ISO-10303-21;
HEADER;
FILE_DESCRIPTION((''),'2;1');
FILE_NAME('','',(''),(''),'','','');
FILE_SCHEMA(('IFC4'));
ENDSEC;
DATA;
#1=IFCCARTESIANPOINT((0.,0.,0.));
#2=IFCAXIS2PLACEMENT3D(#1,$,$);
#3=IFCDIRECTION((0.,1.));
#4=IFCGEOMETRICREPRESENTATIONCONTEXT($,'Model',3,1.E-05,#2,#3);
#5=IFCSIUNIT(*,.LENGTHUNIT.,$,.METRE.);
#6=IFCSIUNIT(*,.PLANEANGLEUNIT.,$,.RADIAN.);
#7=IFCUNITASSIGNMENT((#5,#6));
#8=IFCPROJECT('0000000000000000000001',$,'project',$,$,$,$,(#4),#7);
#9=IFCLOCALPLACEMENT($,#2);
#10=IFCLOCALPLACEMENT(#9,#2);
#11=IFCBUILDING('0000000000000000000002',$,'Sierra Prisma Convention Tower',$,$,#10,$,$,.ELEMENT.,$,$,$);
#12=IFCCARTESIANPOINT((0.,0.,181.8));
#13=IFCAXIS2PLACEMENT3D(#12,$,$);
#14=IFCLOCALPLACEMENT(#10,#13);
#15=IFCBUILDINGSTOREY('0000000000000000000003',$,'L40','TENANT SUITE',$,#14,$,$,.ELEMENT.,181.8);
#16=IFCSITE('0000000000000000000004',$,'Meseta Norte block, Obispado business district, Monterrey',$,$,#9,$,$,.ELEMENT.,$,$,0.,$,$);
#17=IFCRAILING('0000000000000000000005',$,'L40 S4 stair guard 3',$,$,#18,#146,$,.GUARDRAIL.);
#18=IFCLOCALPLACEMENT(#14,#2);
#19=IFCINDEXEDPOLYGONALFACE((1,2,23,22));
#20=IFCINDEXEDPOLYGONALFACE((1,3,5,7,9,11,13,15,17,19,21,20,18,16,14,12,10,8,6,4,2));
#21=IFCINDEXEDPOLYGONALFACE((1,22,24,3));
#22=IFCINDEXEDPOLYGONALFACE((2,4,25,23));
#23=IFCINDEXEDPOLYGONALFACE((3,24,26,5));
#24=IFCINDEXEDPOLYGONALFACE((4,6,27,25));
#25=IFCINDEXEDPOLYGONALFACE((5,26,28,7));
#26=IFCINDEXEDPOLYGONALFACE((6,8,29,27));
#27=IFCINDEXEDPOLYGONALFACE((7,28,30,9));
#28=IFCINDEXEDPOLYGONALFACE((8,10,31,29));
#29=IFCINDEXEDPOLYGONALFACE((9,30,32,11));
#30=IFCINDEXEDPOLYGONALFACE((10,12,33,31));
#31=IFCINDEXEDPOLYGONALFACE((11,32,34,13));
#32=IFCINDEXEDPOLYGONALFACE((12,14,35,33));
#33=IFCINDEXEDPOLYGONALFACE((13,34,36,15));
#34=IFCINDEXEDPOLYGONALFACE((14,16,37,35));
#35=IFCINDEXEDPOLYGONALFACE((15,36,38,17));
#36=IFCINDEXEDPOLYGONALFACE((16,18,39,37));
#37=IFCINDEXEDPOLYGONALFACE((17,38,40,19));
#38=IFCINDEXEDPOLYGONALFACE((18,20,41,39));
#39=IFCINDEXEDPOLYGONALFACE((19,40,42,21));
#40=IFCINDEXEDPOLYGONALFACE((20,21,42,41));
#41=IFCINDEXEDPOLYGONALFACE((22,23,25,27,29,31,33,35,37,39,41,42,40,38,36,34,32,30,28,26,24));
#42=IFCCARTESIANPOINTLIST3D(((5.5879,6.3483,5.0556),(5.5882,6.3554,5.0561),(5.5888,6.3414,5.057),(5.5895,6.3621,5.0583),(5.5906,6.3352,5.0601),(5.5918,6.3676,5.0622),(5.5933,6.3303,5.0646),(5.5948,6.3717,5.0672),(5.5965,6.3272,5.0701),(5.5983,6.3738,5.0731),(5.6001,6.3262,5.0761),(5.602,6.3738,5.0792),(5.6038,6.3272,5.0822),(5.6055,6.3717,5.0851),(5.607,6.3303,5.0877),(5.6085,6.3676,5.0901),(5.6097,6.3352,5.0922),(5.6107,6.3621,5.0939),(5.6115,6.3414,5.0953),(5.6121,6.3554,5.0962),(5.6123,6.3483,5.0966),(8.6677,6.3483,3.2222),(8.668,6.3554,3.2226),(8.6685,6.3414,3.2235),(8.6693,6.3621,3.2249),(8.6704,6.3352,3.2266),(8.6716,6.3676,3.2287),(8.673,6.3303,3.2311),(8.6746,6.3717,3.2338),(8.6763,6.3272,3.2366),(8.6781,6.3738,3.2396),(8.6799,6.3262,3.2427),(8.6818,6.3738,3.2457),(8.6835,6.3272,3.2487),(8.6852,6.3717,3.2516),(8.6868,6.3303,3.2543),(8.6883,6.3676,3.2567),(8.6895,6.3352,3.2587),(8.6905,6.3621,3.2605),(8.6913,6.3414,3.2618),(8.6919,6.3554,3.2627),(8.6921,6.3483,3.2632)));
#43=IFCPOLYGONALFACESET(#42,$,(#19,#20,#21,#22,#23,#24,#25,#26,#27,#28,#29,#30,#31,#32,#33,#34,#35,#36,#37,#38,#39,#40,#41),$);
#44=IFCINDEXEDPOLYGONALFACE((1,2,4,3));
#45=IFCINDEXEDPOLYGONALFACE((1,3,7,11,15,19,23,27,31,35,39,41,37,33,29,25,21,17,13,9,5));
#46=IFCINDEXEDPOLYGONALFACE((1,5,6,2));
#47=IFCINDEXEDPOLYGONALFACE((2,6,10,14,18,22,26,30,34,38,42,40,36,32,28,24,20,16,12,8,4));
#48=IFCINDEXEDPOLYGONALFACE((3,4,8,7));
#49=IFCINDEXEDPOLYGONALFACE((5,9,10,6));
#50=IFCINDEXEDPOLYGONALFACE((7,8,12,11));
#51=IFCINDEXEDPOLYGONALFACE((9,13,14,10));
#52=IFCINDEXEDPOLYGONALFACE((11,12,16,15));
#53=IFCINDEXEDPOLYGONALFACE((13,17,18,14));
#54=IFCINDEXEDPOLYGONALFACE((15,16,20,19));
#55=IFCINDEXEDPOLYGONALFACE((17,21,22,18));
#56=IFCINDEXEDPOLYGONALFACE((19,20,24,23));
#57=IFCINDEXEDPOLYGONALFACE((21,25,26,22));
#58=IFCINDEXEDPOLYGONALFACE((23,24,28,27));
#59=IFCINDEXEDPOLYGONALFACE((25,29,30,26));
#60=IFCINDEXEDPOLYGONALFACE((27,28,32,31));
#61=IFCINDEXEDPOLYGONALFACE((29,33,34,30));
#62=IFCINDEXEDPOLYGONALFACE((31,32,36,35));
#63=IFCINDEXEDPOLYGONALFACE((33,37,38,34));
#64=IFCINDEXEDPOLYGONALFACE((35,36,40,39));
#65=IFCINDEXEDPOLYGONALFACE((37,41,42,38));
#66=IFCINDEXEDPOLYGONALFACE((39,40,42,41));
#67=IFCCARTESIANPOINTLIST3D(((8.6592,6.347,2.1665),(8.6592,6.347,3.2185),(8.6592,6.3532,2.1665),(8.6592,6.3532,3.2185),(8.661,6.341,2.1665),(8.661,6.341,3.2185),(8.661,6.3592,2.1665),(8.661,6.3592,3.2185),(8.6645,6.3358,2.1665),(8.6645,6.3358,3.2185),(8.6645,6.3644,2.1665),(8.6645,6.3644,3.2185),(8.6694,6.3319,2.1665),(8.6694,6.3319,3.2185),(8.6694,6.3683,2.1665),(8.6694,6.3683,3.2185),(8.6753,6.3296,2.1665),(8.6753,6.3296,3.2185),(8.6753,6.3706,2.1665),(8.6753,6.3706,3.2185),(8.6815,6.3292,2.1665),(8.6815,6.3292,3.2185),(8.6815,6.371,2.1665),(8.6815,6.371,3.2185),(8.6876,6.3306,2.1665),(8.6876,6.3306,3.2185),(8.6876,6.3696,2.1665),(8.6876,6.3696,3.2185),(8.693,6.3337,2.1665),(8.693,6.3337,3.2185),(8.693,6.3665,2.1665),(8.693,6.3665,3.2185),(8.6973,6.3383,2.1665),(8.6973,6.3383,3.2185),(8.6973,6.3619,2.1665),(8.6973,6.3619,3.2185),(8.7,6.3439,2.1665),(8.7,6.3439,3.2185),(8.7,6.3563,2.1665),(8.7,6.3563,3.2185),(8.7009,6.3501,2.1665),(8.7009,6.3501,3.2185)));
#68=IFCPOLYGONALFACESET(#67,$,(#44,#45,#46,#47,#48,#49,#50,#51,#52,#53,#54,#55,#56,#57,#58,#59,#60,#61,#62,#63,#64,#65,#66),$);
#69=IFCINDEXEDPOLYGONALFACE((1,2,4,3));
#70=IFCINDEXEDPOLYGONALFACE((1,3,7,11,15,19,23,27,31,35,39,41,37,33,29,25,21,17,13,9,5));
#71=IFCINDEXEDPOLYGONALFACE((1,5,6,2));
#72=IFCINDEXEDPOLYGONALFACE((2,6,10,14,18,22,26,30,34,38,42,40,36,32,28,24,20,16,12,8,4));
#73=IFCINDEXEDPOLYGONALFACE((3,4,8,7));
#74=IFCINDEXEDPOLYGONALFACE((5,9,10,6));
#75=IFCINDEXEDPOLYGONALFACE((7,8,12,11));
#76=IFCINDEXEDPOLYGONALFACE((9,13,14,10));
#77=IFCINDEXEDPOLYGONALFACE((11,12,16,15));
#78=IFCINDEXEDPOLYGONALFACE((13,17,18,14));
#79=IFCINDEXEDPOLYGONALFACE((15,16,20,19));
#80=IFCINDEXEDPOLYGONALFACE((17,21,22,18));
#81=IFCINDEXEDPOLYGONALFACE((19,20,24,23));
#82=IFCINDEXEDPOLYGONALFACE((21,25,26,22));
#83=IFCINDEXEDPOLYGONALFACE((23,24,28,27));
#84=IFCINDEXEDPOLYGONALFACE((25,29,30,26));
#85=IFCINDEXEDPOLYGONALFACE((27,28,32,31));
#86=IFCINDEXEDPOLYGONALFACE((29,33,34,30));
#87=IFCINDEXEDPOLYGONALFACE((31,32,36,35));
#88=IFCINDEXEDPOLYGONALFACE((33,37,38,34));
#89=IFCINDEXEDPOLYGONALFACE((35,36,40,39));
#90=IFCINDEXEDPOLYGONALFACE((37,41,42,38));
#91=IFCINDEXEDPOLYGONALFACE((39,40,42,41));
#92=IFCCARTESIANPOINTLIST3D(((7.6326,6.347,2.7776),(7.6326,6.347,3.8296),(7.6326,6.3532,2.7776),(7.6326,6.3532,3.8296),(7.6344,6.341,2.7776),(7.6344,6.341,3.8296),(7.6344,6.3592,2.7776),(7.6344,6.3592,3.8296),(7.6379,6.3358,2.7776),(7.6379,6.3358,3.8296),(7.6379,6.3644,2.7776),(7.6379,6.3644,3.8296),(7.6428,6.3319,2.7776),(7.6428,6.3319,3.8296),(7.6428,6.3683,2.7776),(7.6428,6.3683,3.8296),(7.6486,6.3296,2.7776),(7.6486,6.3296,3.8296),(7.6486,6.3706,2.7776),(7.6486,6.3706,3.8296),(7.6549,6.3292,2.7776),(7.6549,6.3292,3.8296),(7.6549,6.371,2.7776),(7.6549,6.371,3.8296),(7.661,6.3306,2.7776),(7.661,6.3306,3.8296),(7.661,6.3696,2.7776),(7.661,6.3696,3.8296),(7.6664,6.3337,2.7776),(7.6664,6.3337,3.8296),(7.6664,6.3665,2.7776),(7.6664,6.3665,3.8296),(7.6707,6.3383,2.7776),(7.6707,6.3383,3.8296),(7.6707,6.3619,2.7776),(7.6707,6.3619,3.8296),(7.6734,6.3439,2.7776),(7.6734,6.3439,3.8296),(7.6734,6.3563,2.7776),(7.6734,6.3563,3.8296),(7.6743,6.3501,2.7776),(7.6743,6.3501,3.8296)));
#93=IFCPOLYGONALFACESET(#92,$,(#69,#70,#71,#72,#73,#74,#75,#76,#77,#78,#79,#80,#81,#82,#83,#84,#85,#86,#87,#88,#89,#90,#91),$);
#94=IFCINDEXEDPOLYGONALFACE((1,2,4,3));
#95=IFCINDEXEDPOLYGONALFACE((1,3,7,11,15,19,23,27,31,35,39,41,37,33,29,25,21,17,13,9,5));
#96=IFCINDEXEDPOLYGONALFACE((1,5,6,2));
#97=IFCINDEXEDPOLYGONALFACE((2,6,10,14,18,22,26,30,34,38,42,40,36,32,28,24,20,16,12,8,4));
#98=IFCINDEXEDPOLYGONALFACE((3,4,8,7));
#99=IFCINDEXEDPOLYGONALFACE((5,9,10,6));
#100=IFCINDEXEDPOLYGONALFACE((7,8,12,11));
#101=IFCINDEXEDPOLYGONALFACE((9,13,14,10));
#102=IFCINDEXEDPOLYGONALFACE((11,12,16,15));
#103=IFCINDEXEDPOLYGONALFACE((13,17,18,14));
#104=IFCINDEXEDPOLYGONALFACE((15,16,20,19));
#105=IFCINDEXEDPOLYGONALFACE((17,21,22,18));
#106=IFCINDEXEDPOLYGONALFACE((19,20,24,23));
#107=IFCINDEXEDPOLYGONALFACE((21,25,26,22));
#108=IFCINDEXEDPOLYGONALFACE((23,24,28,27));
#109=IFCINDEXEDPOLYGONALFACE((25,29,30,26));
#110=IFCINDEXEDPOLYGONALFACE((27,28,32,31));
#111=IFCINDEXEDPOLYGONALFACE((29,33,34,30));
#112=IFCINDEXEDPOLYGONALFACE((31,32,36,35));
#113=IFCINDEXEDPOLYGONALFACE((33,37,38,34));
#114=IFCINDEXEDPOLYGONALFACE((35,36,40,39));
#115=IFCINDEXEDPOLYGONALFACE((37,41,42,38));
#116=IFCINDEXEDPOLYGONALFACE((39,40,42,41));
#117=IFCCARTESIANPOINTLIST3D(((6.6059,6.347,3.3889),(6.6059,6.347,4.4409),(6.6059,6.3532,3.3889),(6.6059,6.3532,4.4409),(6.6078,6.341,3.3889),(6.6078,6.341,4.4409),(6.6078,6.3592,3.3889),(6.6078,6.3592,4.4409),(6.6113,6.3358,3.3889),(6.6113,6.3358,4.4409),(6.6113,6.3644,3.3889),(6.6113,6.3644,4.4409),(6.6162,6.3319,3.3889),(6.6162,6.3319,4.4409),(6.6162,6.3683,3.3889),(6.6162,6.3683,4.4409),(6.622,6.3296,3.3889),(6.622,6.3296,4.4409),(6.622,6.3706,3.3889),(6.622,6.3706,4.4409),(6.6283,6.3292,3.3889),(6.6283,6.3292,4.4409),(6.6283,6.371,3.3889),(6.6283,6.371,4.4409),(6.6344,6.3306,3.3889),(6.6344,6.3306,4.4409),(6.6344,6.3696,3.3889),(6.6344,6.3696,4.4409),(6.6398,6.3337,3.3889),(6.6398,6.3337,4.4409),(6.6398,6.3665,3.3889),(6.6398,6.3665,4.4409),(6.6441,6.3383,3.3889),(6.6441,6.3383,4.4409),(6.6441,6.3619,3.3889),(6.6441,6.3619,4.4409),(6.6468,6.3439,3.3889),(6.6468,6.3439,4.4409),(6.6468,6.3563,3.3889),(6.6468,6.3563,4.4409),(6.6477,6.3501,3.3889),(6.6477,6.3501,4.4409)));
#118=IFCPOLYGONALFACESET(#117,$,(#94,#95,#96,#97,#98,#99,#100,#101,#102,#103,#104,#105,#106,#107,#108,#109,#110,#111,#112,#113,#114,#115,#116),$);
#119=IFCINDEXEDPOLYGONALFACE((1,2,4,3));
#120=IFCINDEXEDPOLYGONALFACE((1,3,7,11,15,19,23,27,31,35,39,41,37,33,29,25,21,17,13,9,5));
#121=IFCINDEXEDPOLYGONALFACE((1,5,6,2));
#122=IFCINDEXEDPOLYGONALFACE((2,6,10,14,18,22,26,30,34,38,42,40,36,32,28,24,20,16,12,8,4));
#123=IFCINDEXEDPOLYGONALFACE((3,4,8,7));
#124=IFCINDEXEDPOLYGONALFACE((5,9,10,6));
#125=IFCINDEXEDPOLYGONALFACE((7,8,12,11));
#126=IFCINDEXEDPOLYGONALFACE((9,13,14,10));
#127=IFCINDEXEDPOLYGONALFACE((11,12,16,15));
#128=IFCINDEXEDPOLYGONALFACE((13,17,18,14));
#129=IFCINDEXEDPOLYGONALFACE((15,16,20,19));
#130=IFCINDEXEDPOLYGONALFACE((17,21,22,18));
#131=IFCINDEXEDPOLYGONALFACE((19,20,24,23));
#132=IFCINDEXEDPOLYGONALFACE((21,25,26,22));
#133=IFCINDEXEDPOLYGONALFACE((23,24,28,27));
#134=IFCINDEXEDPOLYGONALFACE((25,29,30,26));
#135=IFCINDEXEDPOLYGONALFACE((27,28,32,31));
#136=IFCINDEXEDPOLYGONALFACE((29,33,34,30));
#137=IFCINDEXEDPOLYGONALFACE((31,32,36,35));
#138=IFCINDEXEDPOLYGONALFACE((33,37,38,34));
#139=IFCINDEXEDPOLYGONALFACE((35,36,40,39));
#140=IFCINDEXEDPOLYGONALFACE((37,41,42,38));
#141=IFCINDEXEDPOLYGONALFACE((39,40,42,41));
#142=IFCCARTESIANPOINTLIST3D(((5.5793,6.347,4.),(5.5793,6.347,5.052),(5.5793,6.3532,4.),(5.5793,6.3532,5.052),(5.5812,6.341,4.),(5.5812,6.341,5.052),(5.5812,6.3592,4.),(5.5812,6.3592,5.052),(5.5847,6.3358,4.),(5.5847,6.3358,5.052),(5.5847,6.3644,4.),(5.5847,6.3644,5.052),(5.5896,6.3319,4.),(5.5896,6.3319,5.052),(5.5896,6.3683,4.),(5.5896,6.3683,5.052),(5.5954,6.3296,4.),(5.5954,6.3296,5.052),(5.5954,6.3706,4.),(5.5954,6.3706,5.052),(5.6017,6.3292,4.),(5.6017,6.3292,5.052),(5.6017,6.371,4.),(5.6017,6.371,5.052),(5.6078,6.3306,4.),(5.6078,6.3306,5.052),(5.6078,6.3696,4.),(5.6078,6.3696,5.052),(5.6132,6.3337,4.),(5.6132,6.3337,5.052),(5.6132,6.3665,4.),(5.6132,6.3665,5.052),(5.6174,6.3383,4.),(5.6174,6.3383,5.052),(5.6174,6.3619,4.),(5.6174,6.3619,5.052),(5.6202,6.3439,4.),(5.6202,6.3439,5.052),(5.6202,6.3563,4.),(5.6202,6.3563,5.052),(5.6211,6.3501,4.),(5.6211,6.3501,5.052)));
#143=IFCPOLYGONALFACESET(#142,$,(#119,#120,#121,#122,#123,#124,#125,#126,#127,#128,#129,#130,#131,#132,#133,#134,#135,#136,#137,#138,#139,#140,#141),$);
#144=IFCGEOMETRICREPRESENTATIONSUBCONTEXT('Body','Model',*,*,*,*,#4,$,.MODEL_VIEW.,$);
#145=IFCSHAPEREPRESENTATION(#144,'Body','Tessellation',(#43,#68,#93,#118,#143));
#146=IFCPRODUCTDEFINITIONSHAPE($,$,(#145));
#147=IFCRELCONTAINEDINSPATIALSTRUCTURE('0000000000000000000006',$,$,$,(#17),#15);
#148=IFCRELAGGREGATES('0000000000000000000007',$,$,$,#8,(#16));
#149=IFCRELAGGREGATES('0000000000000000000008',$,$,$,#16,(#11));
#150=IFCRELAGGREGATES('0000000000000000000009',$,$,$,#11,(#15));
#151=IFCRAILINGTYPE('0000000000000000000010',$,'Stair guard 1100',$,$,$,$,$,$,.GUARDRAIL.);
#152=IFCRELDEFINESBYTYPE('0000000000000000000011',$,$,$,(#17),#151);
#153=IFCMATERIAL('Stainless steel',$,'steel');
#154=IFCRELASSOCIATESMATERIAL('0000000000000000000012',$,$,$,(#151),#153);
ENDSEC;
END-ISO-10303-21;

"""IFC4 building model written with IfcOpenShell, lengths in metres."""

from ifc_helpers import new_model, si_unit, direction, frame, origin, origin_2d, place, context, subcontext, project, spatial, circle, extrude, material, type_object, element, save


model = new_model("IFC4")

# Units and contexts
model_context = context("Model", 3, precision=1e-05, world=origin(), true_north=direction((0.0, 1.0)))
body_context = subcontext(model_context, "Body", "Model", "MODEL_VIEW")
ifc_project = project(units=[si_unit("LENGTHUNIT", "METRE"), si_unit("PLANEANGLEUNIT", "RADIAN")], contexts=[model_context])

# Site, building, storey
site_placement = place(None, origin())
site = spatial("IfcSite", under=ifc_project, at=site_placement, Name="Meseta Norte block, Obispado business district, Monterrey", CompositionType="ELEMENT", RefElevation=0.0)
building_placement = place(site_placement, origin())
building = spatial("IfcBuilding", under=site, at=building_placement, Name="Sierra Prisma Convention Tower", CompositionType="ELEMENT")
storey_placement = place(building_placement, frame((0.0, 0.0, 181.8)))
storey = spatial("IfcBuildingStorey", under=building, at=storey_placement, Name="L40", Description="TENANT SUITE", CompositionType="ELEMENT", Elevation=181.8)

# Railing
ifc_material_1 = material(Name="Stainless steel", Category="steel")
railing_type = type_object("IfcRailingType", Name="Stair guard 1100", PredefinedType="GUARDRAIL", material=ifc_material_1)
railing_1_placement = place(storey_placement, frame((8.6799, 6.3501, 2.1665)))
element("IfcRailing", 1, at=railing_1_placement, inside=storey, type_object=railing_type, Name="L40 S4 stair guard 3", PredefinedType="GUARDRAIL", context=body_context, shape_type="SweptSolid", body=[
    extrude(circle(Radius=0.0239, at=origin_2d()), frame((0.0, 0.0, 1.0762), z_axis=(-0.859261, 0.0, 0.511538), x_axis=(0.0, -1.0, 0.0)), (0.0, 0.0, 1.0), 3.5842),
    extrude(circle(Radius=0.021, at=origin_2d()), origin(), (0.0, 0.0, 1.0), 1.052),
    extrude(circle(Radius=0.021, at=origin_2d()), frame((-1.0266, 0.0, 0.6111)), (0.0, 0.0, 1.0), 1.052),
    extrude(circle(Radius=0.021, at=origin_2d()), frame((-2.0532, 0.0, 1.2224)), (0.0, 0.0, 1.0), 1.052),
    extrude(circle(Radius=0.021, at=origin_2d()), frame((-3.0798, 0.0, 1.8335)), (0.0, 0.0, 1.0), 1.052),
])

save(model, "model.ifc")
